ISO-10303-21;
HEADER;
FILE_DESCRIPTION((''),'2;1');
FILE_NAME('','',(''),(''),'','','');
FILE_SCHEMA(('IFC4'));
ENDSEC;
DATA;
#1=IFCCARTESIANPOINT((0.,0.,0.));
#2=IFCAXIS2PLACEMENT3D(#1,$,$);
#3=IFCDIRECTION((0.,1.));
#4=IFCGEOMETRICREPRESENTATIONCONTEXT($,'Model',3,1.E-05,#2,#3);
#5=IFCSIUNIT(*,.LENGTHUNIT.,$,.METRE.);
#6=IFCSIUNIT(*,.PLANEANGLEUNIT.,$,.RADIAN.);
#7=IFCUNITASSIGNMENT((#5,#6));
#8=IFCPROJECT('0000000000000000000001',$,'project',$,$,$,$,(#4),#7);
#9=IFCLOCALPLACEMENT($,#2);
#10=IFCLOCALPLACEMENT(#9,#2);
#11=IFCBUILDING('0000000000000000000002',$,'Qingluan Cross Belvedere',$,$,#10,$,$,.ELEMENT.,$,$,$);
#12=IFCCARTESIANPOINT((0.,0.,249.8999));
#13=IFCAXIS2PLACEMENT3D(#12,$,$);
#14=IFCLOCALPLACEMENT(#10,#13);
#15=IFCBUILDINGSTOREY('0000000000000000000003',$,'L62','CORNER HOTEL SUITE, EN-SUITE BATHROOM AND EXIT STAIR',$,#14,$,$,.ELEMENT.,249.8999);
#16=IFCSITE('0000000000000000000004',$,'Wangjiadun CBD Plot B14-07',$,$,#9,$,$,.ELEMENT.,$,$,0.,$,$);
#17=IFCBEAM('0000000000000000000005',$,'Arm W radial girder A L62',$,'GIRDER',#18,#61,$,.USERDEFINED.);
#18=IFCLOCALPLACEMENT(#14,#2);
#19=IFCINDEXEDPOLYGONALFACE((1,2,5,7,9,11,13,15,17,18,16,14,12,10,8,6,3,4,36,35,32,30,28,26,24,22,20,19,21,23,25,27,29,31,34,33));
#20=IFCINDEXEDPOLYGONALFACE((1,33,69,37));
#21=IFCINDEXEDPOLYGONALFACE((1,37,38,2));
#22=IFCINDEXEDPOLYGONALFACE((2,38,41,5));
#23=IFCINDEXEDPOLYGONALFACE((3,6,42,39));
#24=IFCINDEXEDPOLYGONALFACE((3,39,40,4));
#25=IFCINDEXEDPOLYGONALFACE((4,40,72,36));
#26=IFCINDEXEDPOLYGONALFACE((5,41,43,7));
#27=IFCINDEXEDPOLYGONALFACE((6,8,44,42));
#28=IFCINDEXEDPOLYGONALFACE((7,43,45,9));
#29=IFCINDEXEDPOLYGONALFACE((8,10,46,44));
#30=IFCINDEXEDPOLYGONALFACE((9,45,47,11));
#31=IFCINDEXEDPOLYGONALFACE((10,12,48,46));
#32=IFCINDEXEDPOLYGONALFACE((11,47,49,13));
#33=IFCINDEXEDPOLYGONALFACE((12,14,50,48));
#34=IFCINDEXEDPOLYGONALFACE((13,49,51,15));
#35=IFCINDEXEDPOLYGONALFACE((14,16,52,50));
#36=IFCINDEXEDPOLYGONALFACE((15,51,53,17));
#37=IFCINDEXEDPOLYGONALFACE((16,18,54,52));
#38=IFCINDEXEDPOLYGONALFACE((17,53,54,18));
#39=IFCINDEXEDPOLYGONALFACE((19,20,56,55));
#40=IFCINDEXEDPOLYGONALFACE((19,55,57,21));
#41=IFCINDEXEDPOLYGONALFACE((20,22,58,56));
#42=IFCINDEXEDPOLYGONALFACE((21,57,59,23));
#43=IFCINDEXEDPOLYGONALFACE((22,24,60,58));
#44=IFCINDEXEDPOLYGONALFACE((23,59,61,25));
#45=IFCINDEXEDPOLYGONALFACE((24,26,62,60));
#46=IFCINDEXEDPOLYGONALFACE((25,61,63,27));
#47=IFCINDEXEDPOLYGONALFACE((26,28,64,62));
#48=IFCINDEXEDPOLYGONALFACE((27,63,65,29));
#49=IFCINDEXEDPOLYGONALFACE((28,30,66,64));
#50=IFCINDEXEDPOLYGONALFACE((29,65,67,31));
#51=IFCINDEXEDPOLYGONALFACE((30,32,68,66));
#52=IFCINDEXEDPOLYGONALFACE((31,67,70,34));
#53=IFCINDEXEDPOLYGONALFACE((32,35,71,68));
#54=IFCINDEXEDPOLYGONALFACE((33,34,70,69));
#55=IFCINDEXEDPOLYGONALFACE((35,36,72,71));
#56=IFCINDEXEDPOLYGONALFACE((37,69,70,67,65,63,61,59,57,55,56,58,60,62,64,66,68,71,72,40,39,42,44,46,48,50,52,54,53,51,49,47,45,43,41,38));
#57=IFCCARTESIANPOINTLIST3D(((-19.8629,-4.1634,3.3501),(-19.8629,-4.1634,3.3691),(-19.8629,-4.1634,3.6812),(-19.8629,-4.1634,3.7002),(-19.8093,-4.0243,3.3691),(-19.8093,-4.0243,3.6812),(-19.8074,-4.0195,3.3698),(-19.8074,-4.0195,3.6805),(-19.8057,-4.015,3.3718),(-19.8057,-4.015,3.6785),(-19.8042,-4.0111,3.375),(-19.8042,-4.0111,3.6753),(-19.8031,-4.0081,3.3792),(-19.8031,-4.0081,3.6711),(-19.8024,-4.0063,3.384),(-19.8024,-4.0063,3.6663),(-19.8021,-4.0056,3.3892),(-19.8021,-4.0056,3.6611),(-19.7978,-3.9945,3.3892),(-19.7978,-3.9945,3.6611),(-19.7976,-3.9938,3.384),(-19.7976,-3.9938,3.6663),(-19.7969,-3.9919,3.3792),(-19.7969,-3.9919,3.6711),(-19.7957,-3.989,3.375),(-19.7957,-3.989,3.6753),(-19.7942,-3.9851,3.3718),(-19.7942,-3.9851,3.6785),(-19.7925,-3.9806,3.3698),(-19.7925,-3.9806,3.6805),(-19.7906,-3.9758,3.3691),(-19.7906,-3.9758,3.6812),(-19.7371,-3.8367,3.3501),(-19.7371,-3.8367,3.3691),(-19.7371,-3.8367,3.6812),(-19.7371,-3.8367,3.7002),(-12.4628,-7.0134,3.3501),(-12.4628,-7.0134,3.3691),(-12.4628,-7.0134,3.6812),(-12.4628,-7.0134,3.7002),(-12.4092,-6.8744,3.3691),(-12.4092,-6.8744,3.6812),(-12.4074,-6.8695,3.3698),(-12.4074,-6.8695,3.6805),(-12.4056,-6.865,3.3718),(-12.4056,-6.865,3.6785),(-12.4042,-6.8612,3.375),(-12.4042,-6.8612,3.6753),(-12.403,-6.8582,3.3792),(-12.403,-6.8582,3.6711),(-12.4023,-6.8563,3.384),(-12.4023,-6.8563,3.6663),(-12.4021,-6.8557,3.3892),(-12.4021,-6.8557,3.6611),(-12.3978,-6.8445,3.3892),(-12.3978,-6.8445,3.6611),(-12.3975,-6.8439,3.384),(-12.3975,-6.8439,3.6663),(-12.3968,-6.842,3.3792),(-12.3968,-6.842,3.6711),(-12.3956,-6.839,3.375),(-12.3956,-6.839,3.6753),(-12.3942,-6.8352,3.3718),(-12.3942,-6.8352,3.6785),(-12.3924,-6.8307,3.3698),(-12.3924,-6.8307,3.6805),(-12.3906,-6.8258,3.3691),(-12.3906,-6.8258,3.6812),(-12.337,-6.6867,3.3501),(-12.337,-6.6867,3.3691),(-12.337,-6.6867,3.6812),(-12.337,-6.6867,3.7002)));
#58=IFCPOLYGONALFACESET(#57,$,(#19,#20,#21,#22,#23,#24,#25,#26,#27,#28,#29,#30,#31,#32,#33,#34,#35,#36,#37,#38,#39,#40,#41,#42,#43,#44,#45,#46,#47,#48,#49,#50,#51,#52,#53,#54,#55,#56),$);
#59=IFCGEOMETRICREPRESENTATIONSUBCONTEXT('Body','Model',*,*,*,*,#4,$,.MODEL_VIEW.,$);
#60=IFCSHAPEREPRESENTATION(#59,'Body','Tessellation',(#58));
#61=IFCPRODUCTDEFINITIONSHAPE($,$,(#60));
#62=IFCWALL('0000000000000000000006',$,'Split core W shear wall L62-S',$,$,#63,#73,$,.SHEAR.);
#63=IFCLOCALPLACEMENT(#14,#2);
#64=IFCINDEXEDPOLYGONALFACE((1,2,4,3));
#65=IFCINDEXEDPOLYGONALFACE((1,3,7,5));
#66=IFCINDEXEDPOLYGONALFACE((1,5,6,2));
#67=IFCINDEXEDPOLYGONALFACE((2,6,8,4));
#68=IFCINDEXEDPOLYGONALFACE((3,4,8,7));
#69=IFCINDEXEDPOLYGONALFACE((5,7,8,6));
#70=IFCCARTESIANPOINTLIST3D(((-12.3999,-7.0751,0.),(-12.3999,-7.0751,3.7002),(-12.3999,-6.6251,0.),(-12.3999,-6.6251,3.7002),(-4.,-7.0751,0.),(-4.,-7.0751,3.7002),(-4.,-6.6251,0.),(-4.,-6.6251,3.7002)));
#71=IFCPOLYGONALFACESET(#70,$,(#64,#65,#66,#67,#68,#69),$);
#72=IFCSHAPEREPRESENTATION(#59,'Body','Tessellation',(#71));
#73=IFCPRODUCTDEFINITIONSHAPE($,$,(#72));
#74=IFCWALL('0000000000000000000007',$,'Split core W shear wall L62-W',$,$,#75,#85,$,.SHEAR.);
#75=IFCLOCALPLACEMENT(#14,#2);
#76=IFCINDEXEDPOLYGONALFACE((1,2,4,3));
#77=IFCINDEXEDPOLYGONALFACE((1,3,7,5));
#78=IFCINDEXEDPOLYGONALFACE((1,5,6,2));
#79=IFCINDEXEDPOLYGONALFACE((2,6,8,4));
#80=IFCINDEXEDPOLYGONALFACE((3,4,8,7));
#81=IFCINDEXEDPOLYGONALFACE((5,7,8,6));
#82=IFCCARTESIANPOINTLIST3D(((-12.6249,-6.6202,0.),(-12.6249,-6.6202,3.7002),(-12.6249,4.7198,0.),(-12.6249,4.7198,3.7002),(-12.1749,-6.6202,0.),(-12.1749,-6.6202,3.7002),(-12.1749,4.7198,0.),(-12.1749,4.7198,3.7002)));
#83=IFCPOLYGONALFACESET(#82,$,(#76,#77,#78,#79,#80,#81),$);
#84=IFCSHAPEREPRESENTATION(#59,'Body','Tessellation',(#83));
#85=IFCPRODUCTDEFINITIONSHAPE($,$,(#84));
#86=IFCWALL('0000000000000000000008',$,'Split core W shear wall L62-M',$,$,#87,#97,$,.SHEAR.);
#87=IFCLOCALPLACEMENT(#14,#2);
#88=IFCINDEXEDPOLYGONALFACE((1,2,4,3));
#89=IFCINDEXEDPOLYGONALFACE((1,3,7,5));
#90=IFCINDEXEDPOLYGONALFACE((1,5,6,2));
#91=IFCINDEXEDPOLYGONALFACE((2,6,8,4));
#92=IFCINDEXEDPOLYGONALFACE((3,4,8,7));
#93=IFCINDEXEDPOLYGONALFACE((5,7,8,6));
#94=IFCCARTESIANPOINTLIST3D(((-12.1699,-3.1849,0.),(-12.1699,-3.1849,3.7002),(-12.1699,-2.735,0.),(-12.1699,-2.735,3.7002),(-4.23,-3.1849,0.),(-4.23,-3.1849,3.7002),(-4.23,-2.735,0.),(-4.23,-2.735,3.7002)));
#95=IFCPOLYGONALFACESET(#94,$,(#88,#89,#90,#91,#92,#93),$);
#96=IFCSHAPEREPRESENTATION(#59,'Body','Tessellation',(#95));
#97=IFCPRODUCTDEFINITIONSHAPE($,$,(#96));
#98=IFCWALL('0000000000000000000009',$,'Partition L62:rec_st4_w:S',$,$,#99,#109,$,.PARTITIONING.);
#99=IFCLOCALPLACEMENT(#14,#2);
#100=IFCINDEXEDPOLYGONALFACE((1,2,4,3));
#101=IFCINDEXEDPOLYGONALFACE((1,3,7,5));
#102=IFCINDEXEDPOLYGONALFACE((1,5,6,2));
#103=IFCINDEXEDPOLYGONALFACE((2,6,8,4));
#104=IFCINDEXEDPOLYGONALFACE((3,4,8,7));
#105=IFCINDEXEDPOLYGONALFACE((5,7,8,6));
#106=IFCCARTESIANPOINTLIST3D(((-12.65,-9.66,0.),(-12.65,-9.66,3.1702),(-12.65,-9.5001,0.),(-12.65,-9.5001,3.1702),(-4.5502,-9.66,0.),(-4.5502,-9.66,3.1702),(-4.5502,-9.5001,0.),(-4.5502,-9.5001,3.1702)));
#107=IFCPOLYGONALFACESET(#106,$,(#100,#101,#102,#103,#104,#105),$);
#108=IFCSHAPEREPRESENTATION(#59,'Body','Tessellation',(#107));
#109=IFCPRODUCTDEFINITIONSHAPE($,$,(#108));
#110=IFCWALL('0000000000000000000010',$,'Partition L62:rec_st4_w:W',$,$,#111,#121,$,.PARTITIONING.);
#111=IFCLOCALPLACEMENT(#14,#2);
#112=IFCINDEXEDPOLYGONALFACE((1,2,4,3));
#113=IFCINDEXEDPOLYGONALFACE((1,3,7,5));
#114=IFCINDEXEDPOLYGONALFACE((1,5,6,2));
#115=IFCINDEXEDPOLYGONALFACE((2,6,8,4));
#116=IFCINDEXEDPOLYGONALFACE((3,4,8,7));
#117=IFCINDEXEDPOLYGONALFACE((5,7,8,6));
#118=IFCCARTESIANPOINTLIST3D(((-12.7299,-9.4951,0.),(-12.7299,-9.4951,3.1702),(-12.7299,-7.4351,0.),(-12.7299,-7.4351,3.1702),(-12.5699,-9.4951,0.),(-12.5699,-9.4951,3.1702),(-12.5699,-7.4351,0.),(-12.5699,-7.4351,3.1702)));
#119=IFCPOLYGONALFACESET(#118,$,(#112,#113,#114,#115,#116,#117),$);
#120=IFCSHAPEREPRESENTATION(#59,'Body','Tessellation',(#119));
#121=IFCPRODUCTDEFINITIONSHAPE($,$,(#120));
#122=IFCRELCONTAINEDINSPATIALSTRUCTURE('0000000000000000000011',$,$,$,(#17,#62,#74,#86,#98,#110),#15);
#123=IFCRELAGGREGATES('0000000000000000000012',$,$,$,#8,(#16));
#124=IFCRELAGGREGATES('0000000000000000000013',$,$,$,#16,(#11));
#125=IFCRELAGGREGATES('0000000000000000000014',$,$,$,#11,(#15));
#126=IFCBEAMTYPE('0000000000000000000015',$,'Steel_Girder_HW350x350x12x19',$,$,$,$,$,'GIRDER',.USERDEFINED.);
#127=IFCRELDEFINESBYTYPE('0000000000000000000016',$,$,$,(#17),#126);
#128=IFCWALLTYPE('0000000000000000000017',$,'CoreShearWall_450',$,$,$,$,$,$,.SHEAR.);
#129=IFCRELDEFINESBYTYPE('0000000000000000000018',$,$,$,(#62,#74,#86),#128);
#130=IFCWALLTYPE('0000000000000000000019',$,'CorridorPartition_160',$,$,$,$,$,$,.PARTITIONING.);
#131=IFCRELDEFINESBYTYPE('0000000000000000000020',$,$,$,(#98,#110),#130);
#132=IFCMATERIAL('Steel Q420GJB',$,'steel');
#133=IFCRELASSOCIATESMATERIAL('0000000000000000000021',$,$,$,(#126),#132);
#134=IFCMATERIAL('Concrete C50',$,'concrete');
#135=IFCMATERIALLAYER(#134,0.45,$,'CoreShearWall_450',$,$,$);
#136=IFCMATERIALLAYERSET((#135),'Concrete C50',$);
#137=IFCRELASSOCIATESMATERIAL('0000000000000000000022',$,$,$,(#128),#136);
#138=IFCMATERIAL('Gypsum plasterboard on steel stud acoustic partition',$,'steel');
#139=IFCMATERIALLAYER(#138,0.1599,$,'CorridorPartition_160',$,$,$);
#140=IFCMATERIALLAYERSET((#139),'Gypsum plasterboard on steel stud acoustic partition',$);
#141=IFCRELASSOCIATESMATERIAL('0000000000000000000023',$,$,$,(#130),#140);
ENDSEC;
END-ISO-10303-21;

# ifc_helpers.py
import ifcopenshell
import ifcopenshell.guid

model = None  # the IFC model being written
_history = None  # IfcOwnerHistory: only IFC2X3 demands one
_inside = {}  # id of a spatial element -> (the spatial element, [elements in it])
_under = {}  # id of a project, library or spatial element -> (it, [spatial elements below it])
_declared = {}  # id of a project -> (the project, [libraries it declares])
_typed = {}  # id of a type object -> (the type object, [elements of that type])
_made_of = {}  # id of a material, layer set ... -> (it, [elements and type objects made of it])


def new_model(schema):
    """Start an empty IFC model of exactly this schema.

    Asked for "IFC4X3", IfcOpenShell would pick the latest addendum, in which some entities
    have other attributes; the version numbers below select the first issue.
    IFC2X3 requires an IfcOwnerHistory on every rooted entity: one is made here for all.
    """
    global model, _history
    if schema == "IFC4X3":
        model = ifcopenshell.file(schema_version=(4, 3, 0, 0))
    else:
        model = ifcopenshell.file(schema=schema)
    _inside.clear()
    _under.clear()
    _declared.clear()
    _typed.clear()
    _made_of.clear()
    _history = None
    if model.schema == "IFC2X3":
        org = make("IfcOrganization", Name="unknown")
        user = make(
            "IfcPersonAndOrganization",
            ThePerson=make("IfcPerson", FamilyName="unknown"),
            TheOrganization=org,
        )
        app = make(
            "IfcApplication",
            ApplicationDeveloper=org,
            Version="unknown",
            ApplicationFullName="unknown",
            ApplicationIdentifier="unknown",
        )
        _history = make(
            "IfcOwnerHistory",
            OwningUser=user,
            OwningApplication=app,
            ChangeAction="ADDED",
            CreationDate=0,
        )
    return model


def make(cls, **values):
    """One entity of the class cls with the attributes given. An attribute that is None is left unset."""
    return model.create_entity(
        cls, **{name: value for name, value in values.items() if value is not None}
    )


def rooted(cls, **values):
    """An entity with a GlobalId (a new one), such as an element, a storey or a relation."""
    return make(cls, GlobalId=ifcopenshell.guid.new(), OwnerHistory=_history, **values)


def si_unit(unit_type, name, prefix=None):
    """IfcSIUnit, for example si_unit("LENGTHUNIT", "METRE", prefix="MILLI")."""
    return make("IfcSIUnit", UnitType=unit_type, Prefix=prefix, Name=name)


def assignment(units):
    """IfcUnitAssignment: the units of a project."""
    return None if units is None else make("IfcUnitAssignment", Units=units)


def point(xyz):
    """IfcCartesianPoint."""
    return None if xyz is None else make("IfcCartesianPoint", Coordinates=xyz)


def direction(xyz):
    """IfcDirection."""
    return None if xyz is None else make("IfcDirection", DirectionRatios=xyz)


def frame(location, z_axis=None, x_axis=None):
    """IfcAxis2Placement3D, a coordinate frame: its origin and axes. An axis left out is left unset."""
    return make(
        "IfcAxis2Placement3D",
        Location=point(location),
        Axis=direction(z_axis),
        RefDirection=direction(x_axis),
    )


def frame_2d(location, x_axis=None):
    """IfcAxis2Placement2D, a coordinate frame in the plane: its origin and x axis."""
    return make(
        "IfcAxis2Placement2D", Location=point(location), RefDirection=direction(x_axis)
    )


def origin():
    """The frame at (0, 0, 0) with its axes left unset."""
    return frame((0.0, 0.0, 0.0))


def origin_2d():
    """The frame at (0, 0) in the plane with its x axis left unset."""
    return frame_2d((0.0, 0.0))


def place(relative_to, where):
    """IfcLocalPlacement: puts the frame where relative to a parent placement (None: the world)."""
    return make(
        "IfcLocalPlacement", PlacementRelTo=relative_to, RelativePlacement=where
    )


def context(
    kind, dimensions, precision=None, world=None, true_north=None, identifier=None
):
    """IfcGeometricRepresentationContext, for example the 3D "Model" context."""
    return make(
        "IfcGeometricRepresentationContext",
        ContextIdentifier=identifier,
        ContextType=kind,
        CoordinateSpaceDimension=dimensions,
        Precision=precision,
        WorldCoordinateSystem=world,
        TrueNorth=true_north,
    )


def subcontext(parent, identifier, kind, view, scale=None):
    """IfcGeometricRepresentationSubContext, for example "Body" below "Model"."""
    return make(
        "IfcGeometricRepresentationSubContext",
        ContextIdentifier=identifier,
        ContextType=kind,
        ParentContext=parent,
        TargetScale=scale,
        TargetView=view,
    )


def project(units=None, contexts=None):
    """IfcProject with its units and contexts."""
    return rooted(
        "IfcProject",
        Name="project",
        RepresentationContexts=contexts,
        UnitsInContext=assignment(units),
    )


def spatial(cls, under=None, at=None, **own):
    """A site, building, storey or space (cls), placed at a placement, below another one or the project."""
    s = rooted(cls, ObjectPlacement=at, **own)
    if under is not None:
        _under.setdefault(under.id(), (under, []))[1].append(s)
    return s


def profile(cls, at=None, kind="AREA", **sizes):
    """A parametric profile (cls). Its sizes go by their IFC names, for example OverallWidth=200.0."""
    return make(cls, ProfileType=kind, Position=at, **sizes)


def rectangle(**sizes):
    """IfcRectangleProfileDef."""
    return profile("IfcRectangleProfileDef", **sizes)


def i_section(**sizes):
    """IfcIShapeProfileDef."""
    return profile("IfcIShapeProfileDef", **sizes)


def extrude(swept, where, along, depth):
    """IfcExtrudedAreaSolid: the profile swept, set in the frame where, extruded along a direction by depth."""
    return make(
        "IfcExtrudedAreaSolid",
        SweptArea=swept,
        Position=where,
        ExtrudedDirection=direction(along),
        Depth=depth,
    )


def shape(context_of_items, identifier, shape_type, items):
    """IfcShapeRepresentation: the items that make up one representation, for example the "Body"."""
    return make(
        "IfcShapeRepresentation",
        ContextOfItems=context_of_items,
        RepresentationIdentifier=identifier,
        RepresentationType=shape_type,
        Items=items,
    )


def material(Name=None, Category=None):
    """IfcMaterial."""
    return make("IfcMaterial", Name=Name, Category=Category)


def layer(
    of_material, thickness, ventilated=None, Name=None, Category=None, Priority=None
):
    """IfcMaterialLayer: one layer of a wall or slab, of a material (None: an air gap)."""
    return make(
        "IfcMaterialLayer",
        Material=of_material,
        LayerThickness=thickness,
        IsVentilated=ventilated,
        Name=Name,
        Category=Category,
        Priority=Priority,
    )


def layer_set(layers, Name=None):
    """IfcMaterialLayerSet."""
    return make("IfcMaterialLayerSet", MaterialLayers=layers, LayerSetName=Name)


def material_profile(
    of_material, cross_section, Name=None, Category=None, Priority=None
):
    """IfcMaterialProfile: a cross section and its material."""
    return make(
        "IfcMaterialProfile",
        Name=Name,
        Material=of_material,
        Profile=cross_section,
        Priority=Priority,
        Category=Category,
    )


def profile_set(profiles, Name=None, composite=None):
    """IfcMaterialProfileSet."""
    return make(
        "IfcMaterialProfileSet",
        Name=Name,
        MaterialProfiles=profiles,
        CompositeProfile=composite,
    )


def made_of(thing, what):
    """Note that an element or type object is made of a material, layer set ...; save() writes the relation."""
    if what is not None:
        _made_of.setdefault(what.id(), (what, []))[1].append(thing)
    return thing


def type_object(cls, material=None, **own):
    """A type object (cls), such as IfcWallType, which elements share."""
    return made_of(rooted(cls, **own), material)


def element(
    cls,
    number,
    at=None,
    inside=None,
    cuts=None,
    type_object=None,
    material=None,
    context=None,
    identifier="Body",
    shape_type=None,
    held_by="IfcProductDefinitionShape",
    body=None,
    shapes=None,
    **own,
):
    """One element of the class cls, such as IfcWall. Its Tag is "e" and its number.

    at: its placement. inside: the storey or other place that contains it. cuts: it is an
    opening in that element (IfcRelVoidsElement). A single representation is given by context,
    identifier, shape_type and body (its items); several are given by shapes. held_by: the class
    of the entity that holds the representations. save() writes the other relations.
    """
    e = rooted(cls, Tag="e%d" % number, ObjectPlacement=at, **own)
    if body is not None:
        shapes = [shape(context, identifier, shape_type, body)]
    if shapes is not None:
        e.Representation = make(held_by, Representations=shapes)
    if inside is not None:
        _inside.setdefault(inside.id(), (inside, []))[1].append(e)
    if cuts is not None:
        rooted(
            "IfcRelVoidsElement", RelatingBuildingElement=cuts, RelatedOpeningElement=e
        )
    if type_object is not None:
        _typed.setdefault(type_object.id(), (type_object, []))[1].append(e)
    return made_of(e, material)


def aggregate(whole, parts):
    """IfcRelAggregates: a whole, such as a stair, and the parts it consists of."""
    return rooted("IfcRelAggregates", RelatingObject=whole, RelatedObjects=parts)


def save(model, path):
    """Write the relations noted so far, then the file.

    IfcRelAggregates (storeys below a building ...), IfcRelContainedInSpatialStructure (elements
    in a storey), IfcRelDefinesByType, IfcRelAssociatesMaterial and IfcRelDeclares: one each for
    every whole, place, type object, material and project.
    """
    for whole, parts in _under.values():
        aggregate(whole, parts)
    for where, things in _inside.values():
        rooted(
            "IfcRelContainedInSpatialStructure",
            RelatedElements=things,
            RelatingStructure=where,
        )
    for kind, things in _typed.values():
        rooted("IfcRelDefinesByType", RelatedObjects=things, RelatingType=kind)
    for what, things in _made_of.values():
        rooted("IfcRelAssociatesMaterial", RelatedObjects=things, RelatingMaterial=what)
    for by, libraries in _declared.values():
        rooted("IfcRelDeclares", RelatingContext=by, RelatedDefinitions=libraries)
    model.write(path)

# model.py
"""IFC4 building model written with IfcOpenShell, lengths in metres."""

from ifc_helpers import new_model, si_unit, direction, frame, frame_2d, origin, origin_2d, place, context, subcontext, project, spatial, rectangle, i_section, extrude, material, layer, layer_set, material_profile, profile_set, type_object, element, save


model = new_model("IFC4")

# Units and contexts
model_context = context("Model", 3, precision=1e-05, world=origin(), true_north=direction((0.0, 1.0)))
body_context = subcontext(model_context, "Body", "Model", "MODEL_VIEW")
ifc_project = project(units=[si_unit("LENGTHUNIT", "METRE"), si_unit("PLANEANGLEUNIT", "RADIAN")], contexts=[model_context])

# Site, building, storey
site_placement = place(None, origin())
site = spatial("IfcSite", under=ifc_project, at=site_placement, Name="Wangjiadun CBD Plot B14-07", CompositionType="ELEMENT", RefElevation=0.0)
building_placement = place(site_placement, origin())
building = spatial("IfcBuilding", under=site, at=building_placement, Name="Qingluan Cross Belvedere", CompositionType="ELEMENT")
storey_placement = place(building_placement, frame((0.0, 0.0, 249.8999)))
storey = spatial("IfcBuildingStorey", under=building, at=storey_placement, Name="L62", Description="CORNER HOTEL SUITE, EN-SUITE BATHROOM AND EXIT STAIR", CompositionType="ELEMENT", Elevation=249.8999)

# Beam
ifc_material_1 = material(Name="Steel Q420GJB", Category="steel")
ifc_material_profile_1 = material_profile(ifc_material_1, i_section(OverallWidth=0.3501, OverallDepth=0.3501, WebThickness=0.012, FlangeThickness=0.019, FilletRadius=0.02, at=origin_2d()), Name="HW350x350x12x19")
ifc_profile_set_1 = profile_set([ifc_material_profile_1], Name="Steel Q420GJB")
beam_type_1 = type_object("IfcBeamType", Name="Steel_Girder_HW350x350x12x19", ElementType="GIRDER", PredefinedType="USERDEFINED", material=ifc_profile_set_1)
beam_1_placement = place(storey_placement, frame((-12.3999, -6.8501, 3.5251), z_axis=(-0.933181, 0.359406, 0.0), x_axis=(-0.359406, -0.933181, 0.0)))
element("IfcBeam", 1, at=beam_1_placement, inside=storey, type_object=beam_type_1, Name="Arm W radial girder A L62", ObjectType="GIRDER", PredefinedType="USERDEFINED", context=body_context, shape_type="SweptSolid", body=[
    extrude(i_section(OverallWidth=0.3501, OverallDepth=0.3501, WebThickness=0.012, FlangeThickness=0.019, FilletRadius=0.02, at=origin_2d()), origin(), (0.0, 0.0, 1.0), 7.9299),
])

# Walls
ifc_material_2 = material(Name="Concrete C50", Category="concrete")
ifc_layer_1 = layer(ifc_material_2, 0.45, Name="CoreShearWall_450")
ifc_layer_set_1 = layer_set([ifc_layer_1], Name="Concrete C50")
wall_type_1 = type_object("IfcWallType", Name="CoreShearWall_450", PredefinedType="SHEAR", material=ifc_layer_set_1)
wall_1_placement = place(storey_placement, frame((-12.3999, -6.8501, 0.0), z_axis=(0.0, 0.0, 1.0), x_axis=(1.0, 0.0, 0.0)))
element("IfcWall", 2, at=wall_1_placement, inside=storey, type_object=wall_type_1, Name="Split core W shear wall L62-S", PredefinedType="SHEAR", context=body_context, shape_type="SweptSolid", body=[
    extrude(rectangle(XDim=8.3999, YDim=0.45, at=frame_2d((4.2, 0.0))), origin(), (0.0, 0.0, 1.0), 3.7002),
])
wall_2_placement = place(storey_placement, frame((-12.3999, -6.6201, 0.0), z_axis=(0.0, 0.0, 1.0), x_axis=(0.0, 1.0, 0.0)))
element("IfcWall", 3, at=wall_2_placement, inside=storey, type_object=wall_type_1, Name="Split core W shear wall L62-W", PredefinedType="SHEAR", context=body_context, shape_type="SweptSolid", body=[
    extrude(rectangle(XDim=11.3401, YDim=0.45, at=frame_2d((5.6699, 0.0))), origin(), (0.0, 0.0, 1.0), 3.7002),
])
wall_3_placement = place(storey_placement, frame((-12.1699, -2.96, 0.0), z_axis=(0.0, 0.0, 1.0), x_axis=(1.0, 0.0, 0.0)))
element("IfcWall", 4, at=wall_3_placement, inside=storey, type_object=wall_type_1, Name="Split core W shear wall L62-M", PredefinedType="SHEAR", context=body_context, shape_type="SweptSolid", body=[
    extrude(rectangle(XDim=7.9399, YDim=0.45, at=frame_2d((3.97, 0.0))), origin(), (0.0, 0.0, 1.0), 3.7002),
])
ifc_material_3 = material(Name="Gypsum plasterboard on steel stud acoustic partition", Category="steel")
ifc_layer_2 = layer(ifc_material_3, 0.1599, Name="CorridorPartition_160")
ifc_layer_set_2 = layer_set([ifc_layer_2], Name="Gypsum plasterboard on steel stud acoustic partition")
wall_type_2 = type_object("IfcWallType", Name="CorridorPartition_160", PredefinedType="PARTITIONING", material=ifc_layer_set_2)
wall_4_placement = place(storey_placement, frame((-12.6499, -9.5801, 0.0), z_axis=(0.0, 0.0, 1.0), x_axis=(1.0, 0.0, 0.0)))
element("IfcWall", 5, at=wall_4_placement, inside=storey, type_object=wall_type_2, Name="Partition L62:rec_st4_w:S", PredefinedType="PARTITIONING", context=body_context, shape_type="SweptSolid", body=[
    extrude(rectangle(XDim=8.0999, YDim=0.1599, at=frame_2d((4.0498, 0.0))), origin(), (0.0, 0.0, 1.0), 3.1702),
])
wall_5_placement = place(storey_placement, frame((-12.6499, -9.4951, 0.0), z_axis=(0.0, 0.0, 1.0), x_axis=(0.0, 1.0, 0.0)))
element("IfcWall", 6, at=wall_5_placement, inside=storey, type_object=wall_type_2, Name="Partition L62:rec_st4_w:W", PredefinedType="PARTITIONING", context=body_context, shape_type="SweptSolid", body=[
    extrude(rectangle(XDim=2.0601, YDim=0.1599, at=frame_2d((1.03, 0.0))), origin(), (0.0, 0.0, 1.0), 3.1702),
])

save(model, "model.ifc")
